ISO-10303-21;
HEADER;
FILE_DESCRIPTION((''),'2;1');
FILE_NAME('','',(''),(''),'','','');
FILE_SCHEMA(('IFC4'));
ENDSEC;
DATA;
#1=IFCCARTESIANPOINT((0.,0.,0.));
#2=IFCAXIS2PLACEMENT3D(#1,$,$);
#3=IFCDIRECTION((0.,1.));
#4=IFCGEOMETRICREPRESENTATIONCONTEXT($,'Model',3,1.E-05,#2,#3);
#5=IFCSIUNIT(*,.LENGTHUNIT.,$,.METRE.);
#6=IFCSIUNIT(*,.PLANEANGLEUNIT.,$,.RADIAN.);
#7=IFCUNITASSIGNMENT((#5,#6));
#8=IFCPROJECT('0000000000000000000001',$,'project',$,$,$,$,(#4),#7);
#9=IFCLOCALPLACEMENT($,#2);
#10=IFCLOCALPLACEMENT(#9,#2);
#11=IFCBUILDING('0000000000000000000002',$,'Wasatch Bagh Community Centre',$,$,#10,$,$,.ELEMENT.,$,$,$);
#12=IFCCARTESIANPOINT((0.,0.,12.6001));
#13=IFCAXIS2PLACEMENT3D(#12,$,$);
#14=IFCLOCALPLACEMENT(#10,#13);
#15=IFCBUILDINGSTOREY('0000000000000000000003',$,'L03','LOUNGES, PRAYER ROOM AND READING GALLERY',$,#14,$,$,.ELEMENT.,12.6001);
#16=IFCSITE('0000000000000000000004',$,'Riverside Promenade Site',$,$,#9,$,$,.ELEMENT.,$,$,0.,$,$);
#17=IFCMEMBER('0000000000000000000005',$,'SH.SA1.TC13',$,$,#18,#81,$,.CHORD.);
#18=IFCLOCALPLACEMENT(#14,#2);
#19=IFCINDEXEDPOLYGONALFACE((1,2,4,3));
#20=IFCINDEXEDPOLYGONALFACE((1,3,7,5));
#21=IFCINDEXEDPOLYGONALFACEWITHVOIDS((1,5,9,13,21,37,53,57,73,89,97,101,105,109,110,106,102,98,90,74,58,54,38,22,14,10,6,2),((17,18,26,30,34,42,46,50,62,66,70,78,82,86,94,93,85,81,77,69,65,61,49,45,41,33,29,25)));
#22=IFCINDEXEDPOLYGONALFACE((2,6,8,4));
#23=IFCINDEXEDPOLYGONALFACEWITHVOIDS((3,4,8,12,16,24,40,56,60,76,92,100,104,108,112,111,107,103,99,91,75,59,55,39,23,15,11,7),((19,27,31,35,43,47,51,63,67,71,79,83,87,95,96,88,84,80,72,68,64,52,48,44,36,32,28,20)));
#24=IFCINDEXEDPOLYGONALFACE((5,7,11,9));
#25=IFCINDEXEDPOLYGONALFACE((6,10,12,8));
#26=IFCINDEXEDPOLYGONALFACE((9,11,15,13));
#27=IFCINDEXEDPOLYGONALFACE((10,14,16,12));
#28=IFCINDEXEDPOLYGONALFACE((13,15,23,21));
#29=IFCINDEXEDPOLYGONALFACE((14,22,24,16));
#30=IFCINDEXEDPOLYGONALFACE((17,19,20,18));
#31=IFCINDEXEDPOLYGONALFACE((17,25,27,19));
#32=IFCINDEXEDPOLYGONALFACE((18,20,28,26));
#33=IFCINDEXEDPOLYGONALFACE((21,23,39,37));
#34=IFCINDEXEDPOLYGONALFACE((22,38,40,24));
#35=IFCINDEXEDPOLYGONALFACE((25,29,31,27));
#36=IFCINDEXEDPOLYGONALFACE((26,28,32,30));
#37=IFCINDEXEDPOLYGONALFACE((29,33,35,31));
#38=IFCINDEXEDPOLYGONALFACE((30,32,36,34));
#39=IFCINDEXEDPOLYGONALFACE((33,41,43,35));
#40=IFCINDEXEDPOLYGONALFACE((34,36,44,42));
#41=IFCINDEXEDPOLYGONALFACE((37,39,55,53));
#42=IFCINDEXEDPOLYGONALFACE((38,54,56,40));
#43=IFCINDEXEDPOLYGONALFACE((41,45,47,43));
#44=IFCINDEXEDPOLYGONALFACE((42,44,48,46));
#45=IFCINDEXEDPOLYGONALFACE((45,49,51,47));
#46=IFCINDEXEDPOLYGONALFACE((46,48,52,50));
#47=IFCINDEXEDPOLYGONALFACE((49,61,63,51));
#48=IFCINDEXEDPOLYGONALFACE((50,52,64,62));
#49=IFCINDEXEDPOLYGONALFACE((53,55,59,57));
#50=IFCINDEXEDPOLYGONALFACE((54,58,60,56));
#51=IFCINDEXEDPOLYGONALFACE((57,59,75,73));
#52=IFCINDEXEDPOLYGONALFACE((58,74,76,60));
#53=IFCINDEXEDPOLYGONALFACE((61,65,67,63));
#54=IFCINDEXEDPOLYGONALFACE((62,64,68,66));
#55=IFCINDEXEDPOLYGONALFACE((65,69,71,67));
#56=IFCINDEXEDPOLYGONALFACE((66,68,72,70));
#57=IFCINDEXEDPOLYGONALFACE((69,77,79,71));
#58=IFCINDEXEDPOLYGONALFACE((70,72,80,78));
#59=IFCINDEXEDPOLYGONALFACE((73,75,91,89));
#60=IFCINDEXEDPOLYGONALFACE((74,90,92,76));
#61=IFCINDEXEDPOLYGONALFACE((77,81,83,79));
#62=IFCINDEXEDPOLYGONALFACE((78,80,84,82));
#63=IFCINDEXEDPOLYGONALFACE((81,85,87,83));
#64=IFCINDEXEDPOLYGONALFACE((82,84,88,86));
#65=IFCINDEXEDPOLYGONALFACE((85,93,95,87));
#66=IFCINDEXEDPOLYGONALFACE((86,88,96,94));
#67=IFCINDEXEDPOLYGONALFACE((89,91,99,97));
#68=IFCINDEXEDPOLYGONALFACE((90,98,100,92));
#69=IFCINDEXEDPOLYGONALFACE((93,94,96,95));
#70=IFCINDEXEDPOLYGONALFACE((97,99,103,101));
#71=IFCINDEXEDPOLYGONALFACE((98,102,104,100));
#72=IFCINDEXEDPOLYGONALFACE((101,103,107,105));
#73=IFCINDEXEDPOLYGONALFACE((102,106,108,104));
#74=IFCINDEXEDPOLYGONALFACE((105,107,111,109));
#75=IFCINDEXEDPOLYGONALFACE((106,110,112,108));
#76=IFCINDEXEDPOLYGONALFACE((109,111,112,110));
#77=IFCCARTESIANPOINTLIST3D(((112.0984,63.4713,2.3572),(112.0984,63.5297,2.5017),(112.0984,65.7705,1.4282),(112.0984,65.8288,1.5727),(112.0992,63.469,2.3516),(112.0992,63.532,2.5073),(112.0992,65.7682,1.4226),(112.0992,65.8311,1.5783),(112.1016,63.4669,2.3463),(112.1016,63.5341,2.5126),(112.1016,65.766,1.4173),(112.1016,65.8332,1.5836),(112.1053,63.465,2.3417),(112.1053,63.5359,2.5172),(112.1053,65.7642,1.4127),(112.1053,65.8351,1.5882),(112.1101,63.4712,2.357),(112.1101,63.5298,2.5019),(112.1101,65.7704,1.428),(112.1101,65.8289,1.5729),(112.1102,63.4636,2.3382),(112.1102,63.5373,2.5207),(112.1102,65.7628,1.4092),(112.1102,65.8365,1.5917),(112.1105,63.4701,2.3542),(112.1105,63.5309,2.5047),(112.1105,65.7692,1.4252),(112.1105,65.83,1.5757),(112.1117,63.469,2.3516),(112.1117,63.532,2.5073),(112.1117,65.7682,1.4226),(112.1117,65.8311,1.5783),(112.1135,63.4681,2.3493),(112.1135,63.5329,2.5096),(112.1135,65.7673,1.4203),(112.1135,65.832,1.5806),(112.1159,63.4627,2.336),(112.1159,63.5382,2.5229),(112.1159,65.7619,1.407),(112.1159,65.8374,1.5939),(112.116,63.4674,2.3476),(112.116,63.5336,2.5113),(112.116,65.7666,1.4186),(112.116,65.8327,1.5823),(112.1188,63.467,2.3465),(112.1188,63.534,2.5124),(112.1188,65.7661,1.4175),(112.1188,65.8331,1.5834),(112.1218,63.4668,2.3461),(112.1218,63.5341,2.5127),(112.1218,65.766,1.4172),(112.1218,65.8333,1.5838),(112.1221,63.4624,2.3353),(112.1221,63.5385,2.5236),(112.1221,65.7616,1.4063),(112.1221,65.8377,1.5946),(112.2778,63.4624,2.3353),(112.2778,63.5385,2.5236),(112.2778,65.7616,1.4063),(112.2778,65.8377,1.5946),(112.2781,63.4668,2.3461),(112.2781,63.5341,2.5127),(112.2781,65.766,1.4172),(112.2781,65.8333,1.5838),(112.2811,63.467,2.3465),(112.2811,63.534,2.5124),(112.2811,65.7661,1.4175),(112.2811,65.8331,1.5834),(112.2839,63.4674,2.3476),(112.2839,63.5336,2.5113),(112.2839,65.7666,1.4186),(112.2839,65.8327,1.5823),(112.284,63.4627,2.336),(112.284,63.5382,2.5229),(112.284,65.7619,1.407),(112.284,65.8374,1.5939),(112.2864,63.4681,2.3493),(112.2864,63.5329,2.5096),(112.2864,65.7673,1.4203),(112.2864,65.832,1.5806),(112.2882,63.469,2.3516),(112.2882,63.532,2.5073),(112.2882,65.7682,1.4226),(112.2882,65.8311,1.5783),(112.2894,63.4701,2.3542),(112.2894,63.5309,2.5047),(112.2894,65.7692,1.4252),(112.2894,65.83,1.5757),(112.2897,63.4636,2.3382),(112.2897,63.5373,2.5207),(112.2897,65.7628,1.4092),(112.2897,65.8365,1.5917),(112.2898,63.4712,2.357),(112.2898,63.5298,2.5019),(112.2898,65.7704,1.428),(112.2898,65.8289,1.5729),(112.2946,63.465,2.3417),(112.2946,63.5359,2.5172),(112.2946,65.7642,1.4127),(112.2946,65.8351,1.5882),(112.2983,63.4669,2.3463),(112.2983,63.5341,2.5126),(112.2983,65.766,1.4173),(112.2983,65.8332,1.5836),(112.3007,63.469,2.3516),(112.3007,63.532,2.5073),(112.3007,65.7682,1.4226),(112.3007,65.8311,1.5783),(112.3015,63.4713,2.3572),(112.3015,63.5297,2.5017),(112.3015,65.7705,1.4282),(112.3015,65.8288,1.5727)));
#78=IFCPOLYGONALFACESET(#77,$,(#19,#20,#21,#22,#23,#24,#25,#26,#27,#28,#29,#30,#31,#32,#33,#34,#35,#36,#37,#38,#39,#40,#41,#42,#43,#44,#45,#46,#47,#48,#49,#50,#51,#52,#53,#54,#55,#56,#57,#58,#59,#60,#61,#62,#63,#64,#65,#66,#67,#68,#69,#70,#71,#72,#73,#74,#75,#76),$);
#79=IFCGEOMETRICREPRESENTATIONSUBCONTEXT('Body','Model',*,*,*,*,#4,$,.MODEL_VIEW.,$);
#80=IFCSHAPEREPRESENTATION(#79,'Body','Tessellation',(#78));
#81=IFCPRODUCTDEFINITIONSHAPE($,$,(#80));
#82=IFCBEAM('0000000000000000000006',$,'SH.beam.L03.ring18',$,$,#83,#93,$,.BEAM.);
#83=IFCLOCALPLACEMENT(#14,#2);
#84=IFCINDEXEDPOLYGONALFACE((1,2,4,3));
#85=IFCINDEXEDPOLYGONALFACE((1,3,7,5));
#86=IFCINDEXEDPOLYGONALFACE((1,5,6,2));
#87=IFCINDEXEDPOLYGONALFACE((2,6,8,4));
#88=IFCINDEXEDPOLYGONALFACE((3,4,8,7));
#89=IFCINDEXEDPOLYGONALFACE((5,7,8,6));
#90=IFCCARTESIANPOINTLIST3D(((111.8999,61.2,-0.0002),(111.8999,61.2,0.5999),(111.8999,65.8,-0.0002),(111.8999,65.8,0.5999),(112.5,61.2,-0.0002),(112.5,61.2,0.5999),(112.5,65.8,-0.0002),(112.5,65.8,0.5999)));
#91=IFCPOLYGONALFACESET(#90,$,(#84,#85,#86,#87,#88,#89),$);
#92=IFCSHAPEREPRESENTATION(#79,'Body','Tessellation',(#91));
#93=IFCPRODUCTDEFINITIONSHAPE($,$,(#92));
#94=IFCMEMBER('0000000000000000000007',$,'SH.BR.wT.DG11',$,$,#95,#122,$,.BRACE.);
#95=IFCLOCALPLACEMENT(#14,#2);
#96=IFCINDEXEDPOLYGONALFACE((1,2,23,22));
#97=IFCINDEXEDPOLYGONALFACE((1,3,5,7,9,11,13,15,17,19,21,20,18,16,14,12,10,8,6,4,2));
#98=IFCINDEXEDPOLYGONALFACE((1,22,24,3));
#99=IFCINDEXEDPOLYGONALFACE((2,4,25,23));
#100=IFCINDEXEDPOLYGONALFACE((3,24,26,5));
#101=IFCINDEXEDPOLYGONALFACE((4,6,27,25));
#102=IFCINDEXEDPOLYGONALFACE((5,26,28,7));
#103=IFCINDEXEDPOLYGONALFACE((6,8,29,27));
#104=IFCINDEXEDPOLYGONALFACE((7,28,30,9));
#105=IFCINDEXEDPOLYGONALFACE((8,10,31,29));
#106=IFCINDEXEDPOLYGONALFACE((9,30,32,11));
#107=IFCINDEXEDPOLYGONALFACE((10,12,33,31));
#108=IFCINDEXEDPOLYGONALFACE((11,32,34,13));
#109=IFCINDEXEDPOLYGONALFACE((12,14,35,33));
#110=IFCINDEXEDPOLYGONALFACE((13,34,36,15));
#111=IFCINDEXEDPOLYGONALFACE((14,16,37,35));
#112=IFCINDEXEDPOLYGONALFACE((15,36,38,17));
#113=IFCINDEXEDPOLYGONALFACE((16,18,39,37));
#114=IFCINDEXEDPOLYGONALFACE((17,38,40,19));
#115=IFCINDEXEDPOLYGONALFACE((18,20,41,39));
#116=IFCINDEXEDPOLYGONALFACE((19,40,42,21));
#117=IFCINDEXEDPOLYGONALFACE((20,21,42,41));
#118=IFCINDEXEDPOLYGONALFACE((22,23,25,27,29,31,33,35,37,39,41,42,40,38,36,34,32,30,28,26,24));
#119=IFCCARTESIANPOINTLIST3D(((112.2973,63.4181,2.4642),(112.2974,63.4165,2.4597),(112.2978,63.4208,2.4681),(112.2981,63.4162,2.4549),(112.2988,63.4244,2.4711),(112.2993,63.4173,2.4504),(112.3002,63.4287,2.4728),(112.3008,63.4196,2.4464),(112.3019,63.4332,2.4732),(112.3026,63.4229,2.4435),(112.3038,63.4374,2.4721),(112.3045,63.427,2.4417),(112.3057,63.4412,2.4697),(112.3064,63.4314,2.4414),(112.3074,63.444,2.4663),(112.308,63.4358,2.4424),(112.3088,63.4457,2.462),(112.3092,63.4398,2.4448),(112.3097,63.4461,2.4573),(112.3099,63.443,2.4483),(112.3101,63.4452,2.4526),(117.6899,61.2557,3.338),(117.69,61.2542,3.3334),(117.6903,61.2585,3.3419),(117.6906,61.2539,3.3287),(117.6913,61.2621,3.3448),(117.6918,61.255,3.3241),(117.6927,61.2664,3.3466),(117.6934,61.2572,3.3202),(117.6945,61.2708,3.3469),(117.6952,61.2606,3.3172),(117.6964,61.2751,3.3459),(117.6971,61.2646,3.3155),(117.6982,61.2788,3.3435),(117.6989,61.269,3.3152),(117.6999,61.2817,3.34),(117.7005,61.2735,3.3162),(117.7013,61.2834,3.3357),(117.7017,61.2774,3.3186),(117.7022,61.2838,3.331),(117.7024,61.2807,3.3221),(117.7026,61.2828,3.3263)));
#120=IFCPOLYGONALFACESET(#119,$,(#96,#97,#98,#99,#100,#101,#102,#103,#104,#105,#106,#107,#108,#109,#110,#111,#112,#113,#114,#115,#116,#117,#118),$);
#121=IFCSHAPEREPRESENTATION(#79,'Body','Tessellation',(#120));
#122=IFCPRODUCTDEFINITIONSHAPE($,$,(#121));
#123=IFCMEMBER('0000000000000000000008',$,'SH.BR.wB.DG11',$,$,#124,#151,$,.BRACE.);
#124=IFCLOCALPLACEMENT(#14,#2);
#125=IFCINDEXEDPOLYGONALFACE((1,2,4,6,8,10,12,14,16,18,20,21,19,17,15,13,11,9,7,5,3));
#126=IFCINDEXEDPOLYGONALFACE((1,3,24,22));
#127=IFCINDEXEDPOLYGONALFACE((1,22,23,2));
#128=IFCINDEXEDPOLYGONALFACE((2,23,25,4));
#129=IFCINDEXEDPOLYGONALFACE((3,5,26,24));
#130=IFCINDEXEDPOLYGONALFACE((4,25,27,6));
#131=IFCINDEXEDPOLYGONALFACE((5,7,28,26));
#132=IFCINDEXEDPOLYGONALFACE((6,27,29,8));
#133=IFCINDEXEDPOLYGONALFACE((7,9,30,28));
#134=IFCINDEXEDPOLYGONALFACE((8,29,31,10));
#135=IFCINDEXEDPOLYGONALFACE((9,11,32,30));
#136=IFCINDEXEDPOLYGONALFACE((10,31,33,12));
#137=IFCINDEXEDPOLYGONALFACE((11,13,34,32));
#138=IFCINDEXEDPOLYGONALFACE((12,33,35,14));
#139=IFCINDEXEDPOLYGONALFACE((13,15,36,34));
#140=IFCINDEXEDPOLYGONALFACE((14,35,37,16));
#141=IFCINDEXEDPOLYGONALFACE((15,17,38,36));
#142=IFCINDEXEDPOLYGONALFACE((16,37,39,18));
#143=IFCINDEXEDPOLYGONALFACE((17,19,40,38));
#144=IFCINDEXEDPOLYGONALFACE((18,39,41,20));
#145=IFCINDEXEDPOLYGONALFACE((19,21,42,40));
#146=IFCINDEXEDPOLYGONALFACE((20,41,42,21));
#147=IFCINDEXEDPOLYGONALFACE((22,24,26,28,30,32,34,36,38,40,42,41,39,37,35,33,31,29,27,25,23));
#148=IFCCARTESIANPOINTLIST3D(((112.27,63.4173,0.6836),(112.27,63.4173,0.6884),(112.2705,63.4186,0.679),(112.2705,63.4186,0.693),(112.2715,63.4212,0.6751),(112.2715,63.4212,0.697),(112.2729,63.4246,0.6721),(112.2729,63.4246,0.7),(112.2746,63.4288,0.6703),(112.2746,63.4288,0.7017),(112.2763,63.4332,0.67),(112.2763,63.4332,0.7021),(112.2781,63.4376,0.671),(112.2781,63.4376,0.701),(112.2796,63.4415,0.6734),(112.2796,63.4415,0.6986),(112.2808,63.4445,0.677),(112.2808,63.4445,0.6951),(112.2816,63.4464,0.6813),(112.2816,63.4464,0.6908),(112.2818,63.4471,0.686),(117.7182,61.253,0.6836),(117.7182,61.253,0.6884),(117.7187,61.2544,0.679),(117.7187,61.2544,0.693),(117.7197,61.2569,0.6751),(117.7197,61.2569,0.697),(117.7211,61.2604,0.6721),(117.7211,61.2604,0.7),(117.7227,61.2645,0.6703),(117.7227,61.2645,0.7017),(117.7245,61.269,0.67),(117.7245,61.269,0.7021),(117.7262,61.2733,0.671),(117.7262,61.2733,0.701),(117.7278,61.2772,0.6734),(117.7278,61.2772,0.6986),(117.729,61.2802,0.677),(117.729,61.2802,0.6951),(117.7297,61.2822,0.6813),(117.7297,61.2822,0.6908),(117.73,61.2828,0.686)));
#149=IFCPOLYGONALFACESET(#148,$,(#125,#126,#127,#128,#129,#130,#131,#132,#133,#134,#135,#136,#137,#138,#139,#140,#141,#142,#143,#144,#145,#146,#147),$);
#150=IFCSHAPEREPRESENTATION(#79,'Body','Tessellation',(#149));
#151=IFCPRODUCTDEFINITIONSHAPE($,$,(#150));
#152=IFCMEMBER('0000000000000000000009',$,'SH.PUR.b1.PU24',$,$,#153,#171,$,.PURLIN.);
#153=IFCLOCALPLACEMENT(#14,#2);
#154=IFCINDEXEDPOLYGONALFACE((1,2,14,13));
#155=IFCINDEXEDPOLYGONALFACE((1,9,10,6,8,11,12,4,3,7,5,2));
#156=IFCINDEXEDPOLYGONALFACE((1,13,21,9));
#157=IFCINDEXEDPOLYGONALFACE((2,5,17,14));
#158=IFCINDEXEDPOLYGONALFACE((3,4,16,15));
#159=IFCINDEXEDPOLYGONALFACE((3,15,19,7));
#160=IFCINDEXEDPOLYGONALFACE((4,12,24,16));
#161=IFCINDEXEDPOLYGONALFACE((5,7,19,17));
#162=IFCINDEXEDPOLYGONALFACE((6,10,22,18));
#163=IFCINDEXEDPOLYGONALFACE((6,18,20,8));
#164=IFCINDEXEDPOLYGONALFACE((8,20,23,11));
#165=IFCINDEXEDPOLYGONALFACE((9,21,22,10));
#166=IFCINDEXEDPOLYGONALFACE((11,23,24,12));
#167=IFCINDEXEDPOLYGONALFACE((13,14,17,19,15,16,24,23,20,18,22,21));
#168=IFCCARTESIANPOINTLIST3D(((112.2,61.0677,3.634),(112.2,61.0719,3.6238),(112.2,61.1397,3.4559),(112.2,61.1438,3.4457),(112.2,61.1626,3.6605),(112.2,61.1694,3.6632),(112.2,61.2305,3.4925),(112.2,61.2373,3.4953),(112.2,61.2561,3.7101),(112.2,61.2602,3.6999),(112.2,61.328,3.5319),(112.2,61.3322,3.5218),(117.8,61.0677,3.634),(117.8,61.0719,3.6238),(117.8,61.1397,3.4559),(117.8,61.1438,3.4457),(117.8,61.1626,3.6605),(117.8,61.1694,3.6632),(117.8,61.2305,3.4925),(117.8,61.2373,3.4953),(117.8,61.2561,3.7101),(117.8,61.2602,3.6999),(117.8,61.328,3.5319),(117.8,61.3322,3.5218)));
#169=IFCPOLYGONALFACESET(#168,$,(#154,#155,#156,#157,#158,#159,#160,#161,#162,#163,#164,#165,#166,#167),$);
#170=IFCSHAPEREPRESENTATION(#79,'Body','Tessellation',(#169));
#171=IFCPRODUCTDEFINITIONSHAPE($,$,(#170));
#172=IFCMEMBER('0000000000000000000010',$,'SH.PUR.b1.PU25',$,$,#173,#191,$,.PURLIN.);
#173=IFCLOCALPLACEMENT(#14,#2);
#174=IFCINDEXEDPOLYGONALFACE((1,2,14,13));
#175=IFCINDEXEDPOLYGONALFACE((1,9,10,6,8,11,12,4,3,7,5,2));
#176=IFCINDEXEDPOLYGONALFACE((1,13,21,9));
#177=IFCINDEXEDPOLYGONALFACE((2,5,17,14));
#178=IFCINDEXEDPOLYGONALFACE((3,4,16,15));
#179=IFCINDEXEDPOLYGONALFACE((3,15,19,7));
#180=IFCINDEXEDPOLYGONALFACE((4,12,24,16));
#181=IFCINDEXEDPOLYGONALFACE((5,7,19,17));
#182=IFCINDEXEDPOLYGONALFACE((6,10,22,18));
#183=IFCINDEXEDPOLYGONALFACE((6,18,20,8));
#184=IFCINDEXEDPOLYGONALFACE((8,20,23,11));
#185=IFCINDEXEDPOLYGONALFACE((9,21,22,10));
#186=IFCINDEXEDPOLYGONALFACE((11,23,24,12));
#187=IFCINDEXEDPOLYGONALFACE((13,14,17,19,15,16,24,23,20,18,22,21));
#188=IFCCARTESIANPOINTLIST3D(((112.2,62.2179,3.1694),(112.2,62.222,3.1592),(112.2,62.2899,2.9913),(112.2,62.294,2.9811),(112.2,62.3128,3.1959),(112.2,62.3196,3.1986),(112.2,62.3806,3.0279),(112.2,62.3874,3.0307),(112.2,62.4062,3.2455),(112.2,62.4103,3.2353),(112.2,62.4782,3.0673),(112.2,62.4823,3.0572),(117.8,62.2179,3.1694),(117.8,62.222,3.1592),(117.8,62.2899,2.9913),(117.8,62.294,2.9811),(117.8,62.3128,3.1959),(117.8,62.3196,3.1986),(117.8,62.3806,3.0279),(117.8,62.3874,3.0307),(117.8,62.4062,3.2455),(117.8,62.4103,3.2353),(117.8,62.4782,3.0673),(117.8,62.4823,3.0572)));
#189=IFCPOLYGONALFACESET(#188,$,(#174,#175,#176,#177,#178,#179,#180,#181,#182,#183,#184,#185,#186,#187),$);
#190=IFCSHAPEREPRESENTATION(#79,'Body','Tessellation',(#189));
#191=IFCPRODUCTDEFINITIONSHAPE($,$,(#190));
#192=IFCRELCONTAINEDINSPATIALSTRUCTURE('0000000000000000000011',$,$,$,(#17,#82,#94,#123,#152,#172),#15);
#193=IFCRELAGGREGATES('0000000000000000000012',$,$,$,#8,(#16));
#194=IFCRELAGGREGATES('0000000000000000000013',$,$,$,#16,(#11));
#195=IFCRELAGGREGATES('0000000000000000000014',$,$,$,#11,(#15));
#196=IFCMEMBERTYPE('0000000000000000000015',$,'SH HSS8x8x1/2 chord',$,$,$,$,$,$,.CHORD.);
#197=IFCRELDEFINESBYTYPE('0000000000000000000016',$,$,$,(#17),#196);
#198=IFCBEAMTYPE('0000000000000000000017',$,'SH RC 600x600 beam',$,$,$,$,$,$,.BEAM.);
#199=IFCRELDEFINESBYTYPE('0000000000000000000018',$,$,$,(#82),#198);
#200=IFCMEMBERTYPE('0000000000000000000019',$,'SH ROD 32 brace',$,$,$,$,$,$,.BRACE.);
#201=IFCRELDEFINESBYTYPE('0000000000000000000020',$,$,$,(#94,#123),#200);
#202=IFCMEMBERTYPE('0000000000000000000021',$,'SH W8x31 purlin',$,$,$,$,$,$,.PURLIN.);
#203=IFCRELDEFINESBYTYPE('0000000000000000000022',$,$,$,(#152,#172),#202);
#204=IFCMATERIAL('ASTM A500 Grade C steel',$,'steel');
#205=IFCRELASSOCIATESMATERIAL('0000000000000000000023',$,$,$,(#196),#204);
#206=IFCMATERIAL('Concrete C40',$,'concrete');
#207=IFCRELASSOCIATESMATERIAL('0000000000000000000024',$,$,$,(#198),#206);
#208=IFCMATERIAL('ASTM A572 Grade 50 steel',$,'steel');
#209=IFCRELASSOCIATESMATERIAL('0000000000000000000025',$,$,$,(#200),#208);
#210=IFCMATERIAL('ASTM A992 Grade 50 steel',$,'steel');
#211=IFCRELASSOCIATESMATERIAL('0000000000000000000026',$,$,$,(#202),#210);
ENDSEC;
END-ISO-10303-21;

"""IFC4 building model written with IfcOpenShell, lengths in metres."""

from ifc_helpers import new_model, si_unit, direction, frame, origin, origin_2d, place, context, subcontext, project, spatial, rectangle, hollow_rectangle, circle, i_section, extrude, material, material_profile, profile_set, type_object, element, save


model = new_model("IFC4")

# Units and contexts
model_context = context("Model", 3, precision=1e-05, world=origin(), true_north=direction((0.0, 1.0)))
body_context = subcontext(model_context, "Body", "Model", "MODEL_VIEW")
ifc_project = project(units=[si_unit("LENGTHUNIT", "METRE"), si_unit("PLANEANGLEUNIT", "RADIAN")], contexts=[model_context])

# Site, building, storey
site_placement = place(None, origin())
site = spatial("IfcSite", under=ifc_project, at=site_placement, Name="Riverside Promenade Site", CompositionType="ELEMENT", RefElevation=0.0)
building_placement = place(site_placement, origin())
building = spatial("IfcBuilding", under=site, at=building_placement, Name="Wasatch Bagh Community Centre", CompositionType="ELEMENT")
storey_placement = place(building_placement, frame((0.0, 0.0, 12.6001)))
storey = spatial("IfcBuildingStorey", under=building, at=storey_placement, Name="L03", Description="LOUNGES, PRAYER ROOM AND READING GALLERY", CompositionType="ELEMENT", Elevation=12.6001)

# Member
ifc_material_1 = material(Name="ASTM A500 Grade C steel", Category="steel")
ifc_material_profile_1 = material_profile(ifc_material_1, hollow_rectangle(XDim=0.2031, YDim=0.2031, WallThickness=0.0117, InnerFilletRadius=0.0117, OuterFilletRadius=0.0237, at=origin_2d()), Name="HSS8x8x1/2")
ifc_profile_set_1 = profile_set([ifc_material_profile_1], Name="ASTM A500 Grade C steel")
member_type_1 = type_object("IfcMemberType", Name="SH HSS8x8x1/2 chord", PredefinedType="CHORD", material=ifc_profile_set_1)
for number, where, z_axis, x_axis, name in (
    (1, (112.2, 63.5005, 2.4294), (0.0, 0.927174, -0.374631), (-1.0, 0.0, 0.0), "SH.SA1.TC13"),
):
    element("IfcMember", number, at=place(storey_placement, frame(where, z_axis=z_axis, x_axis=x_axis)), inside=storey, type_object=member_type_1, Name=name, PredefinedType="CHORD", context=body_context, shape_type="SweptSolid", body=[
        extrude(hollow_rectangle(XDim=0.2031, YDim=0.2031, WallThickness=0.0117, InnerFilletRadius=0.0117, OuterFilletRadius=0.0237, at=origin_2d()), origin(), (0.0, 0.0, 1.0), 2.4797),
    ])

# Beam
ifc_material_2 = material(Name="Concrete C40", Category="concrete")
ifc_material_profile_2 = material_profile(ifc_material_2, rectangle(XDim=0.6001, YDim=0.6001, at=origin_2d()), Name="RC 600x600")
ifc_profile_set_2 = profile_set([ifc_material_profile_2], Name="Concrete C40")
beam_type = type_object("IfcBeamType", Name="SH RC 600x600 beam", PredefinedType="BEAM", material=ifc_profile_set_2)
beam_placement = place(storey_placement, frame((112.2, 61.2, 0.2998), z_axis=(0.0, 1.0, 0.0), x_axis=(-1.0, 0.0, 0.0)))
element("IfcBeam", 2, at=beam_placement, inside=storey, type_object=beam_type, Name="SH.beam.L03.ring18", PredefinedType="BEAM", context=body_context, shape_type="SweptSolid", body=[
    extrude(rectangle(XDim=0.6001, YDim=0.6001, at=origin_2d()), origin(), (0.0, 0.0, 1.0), 4.6001),
])

# Members
ifc_material_3 = material(Name="ASTM A572 Grade 50 steel", Category="steel")
ifc_material_profile_3 = material_profile(ifc_material_3, circle(Radius=0.0161, at=origin_2d()), Name="ROD 32")
ifc_profile_set_3 = profile_set([ifc_material_profile_3], Name="ASTM A572 Grade 50 steel")
member_type_2 = type_object("IfcMemberType", Name="SH ROD 32 brace", PredefinedType="BRACE", material=ifc_profile_set_3)
member_1_placement = place(storey_placement, frame((112.3037, 63.4312, 2.4573), z_axis=(0.917839, -0.368041, 0.148721), x_axis=(0.37218, 0.92816, 0.0)))
element("IfcMember", 3, at=member_1_placement, inside=storey, type_object=member_type_2, Name="SH.BR.wT.DG11", PredefinedType="BRACE", context=body_context, shape_type="SweptSolid", body=[
    extrude(circle(Radius=0.0161, at=origin_2d()), origin(), (0.0, 0.0, 1.0), 5.8752),
])
member_2_placement = place(storey_placement, frame((112.2759, 63.4321, 0.686), z_axis=(0.929356, -0.369185, 0.0), x_axis=(0.369185, 0.929356, 0.0)))
element("IfcMember", 4, at=member_2_placement, inside=storey, type_object=member_type_2, Name="SH.BR.wB.DG11", PredefinedType="BRACE", context=body_context, shape_type="SweptSolid", body=[
    extrude(circle(Radius=0.0161, at=origin_2d()), origin(), (0.0, 0.0, 1.0), 5.8623),
])
ifc_material_4 = material(Name="ASTM A992 Grade 50 steel", Category="steel")
ifc_material_profile_4 = material_profile(ifc_material_4, i_section(OverallWidth=0.2031, OverallDepth=0.2031, WebThickness=0.0073, FlangeThickness=0.011, at=origin_2d()), Name="W8x31")
ifc_profile_set_4 = profile_set([ifc_material_profile_4], Name="ASTM A992 Grade 50 steel")
member_type_3 = type_object("IfcMemberType", Name="SH W8x31 purlin", PredefinedType="PURLIN", material=ifc_profile_set_4)
for number, where, z_axis, x_axis, name in (
    (5, (112.2, 61.2, 3.5779), (1.0, 0.0, 0.0), (0.0, 0.927184, 0.374607), "SH.PUR.b1.PU24"),
    (6, (112.2, 62.3501, 3.1133), (1.0, 0.0, 0.0), (0.0, 0.927184, 0.374607), "SH.PUR.b1.PU25"),
):
    element("IfcMember", number, at=place(storey_placement, frame(where, z_axis=z_axis, x_axis=x_axis)), inside=storey, type_object=member_type_3, Name=name, PredefinedType="PURLIN", context=body_context, shape_type="SweptSolid", body=[
        extrude(i_section(OverallWidth=0.2031, OverallDepth=0.2031, WebThickness=0.0073, FlangeThickness=0.011, at=origin_2d()), origin(), (0.0, 0.0, 1.0), 5.6001),
    ])

save(model, "model.ifc")
